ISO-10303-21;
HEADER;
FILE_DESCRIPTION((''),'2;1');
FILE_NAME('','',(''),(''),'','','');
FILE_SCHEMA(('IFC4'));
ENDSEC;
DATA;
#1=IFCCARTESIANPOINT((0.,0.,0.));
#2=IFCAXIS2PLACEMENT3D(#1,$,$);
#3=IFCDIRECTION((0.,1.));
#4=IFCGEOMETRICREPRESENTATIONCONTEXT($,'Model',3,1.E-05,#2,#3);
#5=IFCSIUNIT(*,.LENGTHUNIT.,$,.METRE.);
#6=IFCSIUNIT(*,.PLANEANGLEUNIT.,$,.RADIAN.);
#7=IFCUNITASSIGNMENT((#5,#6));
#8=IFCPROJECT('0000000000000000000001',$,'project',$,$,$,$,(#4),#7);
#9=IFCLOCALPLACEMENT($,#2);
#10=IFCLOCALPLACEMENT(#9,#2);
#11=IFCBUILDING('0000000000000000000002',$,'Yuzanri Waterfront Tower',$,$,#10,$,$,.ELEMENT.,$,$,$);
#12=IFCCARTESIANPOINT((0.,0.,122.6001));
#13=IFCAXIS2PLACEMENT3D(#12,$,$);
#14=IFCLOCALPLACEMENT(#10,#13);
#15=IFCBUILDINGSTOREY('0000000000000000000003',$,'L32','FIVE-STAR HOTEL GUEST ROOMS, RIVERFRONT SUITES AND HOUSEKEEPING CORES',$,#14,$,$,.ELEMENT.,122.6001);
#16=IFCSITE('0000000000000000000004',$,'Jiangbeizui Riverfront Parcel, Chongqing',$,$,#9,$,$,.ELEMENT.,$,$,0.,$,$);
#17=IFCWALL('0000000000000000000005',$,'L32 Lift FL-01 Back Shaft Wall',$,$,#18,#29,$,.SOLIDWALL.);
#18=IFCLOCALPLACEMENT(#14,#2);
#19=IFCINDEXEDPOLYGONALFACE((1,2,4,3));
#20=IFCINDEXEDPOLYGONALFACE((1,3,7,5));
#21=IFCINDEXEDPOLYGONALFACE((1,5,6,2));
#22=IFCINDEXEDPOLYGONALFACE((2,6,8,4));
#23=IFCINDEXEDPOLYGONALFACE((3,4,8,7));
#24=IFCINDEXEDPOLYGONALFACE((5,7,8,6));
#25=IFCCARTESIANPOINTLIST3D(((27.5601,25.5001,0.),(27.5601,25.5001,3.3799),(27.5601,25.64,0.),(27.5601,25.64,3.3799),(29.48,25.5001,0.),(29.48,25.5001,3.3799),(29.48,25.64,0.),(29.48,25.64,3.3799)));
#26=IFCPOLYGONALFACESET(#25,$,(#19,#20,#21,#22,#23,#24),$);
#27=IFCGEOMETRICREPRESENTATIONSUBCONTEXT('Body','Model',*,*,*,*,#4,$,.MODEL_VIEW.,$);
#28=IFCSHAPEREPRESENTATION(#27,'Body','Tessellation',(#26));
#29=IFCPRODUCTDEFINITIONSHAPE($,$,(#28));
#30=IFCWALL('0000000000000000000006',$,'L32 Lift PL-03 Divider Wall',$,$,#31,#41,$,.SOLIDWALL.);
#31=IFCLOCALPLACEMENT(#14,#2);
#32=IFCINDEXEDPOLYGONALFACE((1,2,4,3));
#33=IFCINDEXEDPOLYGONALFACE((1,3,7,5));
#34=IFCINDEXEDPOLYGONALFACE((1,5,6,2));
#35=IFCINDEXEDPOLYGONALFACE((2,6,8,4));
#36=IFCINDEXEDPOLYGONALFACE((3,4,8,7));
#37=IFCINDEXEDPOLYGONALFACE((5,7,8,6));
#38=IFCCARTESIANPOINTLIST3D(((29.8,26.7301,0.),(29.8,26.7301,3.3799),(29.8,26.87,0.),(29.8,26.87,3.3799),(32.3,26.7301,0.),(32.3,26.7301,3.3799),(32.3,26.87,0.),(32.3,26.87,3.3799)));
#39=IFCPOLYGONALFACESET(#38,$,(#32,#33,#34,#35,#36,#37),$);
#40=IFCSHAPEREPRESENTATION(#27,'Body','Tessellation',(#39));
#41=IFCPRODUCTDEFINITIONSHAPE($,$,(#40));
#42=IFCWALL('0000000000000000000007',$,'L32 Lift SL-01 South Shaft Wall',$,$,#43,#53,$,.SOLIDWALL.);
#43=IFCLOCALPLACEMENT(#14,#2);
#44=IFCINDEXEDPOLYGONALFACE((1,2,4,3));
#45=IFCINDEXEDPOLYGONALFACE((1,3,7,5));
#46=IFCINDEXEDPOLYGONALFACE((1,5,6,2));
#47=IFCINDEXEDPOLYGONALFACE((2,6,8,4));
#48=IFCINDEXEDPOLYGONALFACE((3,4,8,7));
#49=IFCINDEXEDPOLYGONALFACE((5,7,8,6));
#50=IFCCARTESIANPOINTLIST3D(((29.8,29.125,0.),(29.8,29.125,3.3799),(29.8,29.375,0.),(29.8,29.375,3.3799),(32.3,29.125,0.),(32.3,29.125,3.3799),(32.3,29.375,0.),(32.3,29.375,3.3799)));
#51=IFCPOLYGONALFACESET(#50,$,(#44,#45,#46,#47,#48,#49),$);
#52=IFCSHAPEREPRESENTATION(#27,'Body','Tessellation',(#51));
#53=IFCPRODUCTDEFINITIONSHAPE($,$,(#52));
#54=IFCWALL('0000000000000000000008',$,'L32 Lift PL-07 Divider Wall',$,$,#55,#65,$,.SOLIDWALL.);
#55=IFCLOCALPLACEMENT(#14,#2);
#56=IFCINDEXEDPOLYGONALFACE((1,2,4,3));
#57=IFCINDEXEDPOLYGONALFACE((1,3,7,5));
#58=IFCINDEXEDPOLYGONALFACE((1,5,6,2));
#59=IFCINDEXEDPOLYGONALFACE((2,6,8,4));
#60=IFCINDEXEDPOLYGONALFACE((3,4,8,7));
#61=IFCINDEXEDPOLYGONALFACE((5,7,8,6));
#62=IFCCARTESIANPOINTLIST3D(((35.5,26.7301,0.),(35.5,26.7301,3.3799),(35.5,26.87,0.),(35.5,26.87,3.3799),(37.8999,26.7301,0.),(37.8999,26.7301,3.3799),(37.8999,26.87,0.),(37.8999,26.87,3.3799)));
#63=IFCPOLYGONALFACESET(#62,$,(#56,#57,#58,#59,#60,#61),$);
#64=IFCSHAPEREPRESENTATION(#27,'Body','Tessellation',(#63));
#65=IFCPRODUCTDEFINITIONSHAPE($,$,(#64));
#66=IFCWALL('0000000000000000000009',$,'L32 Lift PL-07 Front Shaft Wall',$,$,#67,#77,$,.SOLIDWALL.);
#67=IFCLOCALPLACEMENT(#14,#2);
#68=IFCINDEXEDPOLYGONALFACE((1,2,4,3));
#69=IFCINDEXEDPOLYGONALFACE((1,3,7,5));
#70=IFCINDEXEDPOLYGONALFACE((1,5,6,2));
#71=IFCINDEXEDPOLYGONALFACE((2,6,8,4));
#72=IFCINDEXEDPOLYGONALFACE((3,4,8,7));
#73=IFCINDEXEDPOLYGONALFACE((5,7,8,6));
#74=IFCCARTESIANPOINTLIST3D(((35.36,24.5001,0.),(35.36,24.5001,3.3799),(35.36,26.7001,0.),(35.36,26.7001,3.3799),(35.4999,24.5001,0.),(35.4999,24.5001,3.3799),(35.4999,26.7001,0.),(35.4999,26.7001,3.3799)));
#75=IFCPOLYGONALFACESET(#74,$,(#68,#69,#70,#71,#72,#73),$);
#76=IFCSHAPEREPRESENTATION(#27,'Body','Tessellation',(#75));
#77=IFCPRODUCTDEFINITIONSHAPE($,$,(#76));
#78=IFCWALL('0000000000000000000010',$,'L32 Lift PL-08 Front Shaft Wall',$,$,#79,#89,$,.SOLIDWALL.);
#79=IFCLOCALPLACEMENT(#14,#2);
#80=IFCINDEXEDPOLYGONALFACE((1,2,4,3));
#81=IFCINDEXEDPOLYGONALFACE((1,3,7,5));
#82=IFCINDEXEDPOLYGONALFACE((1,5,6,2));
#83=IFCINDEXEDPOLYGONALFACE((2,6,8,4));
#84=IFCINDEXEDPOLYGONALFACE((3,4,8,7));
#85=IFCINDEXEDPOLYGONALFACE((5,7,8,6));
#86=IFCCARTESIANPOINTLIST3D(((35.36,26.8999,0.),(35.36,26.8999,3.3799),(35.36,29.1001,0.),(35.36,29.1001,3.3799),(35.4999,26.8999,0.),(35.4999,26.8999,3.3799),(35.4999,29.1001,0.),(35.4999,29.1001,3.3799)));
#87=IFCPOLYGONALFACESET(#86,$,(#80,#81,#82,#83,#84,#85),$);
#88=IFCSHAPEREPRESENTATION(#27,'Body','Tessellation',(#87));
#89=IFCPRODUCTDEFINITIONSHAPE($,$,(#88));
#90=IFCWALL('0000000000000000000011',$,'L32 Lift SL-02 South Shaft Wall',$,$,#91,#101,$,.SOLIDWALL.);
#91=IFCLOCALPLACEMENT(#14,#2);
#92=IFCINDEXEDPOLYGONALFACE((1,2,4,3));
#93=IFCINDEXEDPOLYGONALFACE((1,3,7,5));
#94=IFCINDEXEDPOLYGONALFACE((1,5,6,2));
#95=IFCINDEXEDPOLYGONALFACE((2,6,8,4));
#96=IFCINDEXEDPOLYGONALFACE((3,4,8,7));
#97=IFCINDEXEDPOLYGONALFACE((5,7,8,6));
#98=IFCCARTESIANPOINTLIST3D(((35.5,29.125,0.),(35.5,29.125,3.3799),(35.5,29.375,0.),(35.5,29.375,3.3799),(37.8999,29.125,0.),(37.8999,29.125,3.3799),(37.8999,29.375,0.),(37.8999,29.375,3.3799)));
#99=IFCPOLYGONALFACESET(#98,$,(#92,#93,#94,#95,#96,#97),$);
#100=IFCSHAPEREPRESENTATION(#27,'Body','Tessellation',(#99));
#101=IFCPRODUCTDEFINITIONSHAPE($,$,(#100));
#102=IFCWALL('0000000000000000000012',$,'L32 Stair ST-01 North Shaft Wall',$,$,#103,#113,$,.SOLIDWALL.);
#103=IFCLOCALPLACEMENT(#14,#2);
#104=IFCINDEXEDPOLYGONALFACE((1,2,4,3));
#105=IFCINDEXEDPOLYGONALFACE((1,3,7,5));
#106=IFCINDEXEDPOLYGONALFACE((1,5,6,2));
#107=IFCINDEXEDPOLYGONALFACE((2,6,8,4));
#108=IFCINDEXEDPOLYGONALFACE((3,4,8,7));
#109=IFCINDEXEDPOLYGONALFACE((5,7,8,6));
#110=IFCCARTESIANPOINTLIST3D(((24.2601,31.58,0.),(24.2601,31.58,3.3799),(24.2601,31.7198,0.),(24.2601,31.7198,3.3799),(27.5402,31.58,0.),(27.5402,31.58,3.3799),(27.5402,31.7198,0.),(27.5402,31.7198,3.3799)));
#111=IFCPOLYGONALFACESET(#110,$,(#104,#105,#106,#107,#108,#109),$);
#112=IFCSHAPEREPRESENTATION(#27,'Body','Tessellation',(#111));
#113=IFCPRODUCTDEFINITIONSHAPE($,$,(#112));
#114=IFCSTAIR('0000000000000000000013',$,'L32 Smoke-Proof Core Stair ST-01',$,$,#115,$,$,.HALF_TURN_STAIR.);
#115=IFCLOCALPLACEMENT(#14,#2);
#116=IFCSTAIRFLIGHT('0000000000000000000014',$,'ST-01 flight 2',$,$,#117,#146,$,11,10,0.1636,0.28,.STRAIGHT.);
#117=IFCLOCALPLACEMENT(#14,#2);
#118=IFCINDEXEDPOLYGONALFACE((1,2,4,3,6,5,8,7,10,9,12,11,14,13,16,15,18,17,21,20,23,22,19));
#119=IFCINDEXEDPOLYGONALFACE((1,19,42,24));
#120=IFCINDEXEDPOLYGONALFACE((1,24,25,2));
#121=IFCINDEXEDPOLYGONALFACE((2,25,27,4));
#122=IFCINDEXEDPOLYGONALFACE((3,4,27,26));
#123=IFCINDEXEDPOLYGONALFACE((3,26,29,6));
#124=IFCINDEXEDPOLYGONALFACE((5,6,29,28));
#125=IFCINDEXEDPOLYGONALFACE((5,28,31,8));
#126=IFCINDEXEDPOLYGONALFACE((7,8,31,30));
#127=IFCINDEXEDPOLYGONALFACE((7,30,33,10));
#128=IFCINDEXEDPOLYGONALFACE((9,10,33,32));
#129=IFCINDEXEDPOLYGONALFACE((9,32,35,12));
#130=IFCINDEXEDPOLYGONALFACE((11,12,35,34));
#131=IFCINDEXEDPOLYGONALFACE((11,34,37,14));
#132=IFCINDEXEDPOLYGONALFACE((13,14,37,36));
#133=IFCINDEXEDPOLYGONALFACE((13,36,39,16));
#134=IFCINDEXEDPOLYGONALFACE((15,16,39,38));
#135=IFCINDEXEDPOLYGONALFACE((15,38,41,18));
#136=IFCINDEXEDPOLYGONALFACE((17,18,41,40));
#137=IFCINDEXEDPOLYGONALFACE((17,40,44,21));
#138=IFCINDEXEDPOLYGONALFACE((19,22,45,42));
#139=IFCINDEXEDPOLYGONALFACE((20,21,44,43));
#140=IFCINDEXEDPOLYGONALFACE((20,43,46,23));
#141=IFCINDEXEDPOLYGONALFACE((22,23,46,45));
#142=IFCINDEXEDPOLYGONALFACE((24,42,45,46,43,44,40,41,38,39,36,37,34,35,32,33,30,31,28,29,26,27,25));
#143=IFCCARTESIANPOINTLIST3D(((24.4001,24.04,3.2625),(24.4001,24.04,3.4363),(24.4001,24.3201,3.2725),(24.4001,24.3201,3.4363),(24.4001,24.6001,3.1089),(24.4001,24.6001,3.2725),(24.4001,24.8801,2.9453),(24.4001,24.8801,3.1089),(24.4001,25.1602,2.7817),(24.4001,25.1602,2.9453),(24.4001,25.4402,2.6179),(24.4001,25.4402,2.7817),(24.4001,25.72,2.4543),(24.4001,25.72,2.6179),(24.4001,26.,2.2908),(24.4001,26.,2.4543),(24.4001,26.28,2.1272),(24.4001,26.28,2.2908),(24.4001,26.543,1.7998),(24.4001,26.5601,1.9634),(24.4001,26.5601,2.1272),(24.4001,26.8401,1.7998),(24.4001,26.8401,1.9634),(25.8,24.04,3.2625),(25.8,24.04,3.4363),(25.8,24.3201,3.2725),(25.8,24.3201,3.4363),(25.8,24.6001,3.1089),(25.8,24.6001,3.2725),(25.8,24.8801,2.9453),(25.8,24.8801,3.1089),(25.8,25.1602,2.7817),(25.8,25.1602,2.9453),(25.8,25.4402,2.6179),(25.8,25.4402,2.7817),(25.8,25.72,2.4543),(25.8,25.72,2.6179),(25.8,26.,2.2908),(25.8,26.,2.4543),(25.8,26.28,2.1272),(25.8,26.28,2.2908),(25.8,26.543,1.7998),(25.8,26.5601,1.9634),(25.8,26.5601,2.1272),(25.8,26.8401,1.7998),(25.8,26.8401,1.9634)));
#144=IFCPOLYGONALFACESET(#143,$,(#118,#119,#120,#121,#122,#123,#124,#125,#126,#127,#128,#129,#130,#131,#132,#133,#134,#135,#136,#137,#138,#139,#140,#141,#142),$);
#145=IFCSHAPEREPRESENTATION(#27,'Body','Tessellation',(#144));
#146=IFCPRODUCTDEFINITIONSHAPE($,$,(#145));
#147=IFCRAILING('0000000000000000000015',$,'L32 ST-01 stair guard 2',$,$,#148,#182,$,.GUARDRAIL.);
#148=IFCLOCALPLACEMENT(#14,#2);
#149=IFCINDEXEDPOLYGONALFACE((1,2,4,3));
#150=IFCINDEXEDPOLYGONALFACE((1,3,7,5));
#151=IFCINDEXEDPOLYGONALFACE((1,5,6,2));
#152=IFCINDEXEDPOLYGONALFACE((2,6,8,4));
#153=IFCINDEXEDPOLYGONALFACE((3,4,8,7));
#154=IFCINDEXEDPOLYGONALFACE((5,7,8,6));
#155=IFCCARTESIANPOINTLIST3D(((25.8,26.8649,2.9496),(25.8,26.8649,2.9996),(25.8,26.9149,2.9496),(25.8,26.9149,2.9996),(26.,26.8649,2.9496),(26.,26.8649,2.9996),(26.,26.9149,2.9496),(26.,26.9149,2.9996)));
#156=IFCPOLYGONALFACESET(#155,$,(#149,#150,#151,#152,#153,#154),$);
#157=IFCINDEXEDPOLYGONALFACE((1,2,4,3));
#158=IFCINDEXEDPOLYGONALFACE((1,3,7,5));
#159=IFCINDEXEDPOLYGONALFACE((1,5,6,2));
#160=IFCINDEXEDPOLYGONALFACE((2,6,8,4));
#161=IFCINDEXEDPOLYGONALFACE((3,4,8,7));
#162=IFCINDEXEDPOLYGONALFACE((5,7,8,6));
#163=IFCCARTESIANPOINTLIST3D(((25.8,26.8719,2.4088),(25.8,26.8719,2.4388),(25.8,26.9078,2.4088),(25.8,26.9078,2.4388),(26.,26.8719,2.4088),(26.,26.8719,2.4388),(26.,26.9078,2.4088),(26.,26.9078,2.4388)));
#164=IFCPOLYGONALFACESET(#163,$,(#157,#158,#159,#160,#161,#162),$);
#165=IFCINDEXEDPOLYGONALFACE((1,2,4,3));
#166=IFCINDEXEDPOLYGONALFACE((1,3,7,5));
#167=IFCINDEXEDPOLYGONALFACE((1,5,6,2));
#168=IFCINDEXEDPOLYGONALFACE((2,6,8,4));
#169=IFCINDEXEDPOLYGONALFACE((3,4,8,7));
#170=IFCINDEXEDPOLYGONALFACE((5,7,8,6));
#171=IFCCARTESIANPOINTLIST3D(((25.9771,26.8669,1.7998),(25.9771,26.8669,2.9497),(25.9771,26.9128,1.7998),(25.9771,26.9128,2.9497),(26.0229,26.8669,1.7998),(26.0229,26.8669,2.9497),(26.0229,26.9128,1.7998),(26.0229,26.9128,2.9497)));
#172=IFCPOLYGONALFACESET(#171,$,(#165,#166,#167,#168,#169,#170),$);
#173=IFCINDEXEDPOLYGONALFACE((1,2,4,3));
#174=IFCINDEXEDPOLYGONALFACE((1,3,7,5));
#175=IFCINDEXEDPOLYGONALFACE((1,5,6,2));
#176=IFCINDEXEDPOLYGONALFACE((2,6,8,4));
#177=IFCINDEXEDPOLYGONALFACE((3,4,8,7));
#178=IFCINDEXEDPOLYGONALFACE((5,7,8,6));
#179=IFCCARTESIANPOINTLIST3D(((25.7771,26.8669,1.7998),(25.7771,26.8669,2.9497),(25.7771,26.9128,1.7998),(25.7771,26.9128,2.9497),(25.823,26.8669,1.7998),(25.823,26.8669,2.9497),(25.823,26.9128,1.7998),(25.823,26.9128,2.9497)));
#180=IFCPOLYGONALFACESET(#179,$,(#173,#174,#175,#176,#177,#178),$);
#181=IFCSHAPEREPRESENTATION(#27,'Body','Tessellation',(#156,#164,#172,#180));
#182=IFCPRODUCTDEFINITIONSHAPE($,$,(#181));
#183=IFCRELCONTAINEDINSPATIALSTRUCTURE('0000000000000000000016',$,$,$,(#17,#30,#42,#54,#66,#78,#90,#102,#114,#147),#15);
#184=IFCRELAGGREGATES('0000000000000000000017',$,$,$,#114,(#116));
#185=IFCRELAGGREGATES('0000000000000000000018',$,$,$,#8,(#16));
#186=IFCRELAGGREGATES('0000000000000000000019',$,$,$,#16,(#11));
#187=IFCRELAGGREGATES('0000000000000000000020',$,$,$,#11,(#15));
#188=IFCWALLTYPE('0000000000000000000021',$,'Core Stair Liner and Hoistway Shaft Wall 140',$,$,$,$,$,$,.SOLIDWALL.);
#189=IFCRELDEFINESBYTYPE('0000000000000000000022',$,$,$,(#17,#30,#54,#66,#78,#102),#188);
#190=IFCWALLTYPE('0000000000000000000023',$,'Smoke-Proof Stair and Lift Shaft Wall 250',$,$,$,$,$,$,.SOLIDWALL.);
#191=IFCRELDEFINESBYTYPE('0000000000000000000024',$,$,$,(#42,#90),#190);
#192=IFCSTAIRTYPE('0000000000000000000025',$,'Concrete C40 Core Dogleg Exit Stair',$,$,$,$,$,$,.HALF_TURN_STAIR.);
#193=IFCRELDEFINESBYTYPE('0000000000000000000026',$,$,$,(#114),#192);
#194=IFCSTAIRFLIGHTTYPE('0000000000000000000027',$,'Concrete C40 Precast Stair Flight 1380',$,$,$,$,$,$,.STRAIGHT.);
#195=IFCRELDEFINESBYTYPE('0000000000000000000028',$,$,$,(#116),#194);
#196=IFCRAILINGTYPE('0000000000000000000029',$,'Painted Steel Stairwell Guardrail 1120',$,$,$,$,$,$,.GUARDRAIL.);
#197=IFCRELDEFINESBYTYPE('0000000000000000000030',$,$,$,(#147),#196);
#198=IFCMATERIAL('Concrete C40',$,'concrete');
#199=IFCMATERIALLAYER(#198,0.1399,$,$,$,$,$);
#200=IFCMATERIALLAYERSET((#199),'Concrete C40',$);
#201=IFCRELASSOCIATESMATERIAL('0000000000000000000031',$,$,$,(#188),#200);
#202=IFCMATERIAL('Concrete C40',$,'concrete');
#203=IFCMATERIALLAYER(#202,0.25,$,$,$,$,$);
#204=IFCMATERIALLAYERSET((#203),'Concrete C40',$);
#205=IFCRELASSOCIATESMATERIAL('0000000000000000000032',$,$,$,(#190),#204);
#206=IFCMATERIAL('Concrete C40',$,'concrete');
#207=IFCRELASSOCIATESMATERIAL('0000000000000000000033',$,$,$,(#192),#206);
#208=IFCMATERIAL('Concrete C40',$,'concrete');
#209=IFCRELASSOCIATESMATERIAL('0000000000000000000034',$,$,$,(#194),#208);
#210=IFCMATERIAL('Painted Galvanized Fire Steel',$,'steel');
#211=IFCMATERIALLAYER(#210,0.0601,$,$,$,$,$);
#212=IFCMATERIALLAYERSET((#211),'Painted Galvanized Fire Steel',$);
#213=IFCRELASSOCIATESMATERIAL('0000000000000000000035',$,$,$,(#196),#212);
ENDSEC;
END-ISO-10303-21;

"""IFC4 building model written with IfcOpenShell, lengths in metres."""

from ifc_helpers import new_model, si_unit, direction, frame, frame_2d, origin, origin_2d, place, context, subcontext, project, spatial, polyline, rectangle, outline, extrude, source, transform, mapped, material, layer, layer_set, type_object, element, aggregate, save


model = new_model("IFC4")

# Units and contexts
model_context = context("Model", 3, precision=1e-05, world=origin(), true_north=direction((0.0, 1.0)))
body_context = subcontext(model_context, "Body", "Model", "MODEL_VIEW")
ifc_project = project(units=[si_unit("LENGTHUNIT", "METRE"), si_unit("PLANEANGLEUNIT", "RADIAN")], contexts=[model_context])

# Site, building, storey
site_placement = place(None, origin())
site = spatial("IfcSite", under=ifc_project, at=site_placement, Name="Jiangbeizui Riverfront Parcel, Chongqing", CompositionType="ELEMENT", RefElevation=0.0)
building_placement = place(site_placement, origin())
building = spatial("IfcBuilding", under=site, at=building_placement, Name="Yuzanri Waterfront Tower", CompositionType="ELEMENT")
storey_placement = place(building_placement, frame((0.0, 0.0, 122.6001)))
storey = spatial("IfcBuildingStorey", under=building, at=storey_placement, Name="L32", Description="FIVE-STAR HOTEL GUEST ROOMS, RIVERFRONT SUITES AND HOUSEKEEPING CORES", CompositionType="ELEMENT", Elevation=122.6001)

# Shared definitions
ifc_material_1 = material(Name="Concrete C40", Category="concrete")
ifc_layer_1 = layer(ifc_material_1, 0.1399)
ifc_layer_set_1 = layer_set([ifc_layer_1], Name="Concrete C40")
wall_type_1 = type_object("IfcWallType", Name="Core Stair Liner and Hoistway Shaft Wall 140", PredefinedType="SOLIDWALL", material=ifc_layer_set_1)

# Walls
shared_shape_1 = source(origin(), body_context, "Body", "SweptSolid", [
    extrude(rectangle(XDim=1.9199, YDim=0.1399, at=frame_2d((0.96, 0.0))), origin(), (0.0, 0.0, 1.0), 3.3799),
])
wall_1_placement = place(storey_placement, frame((27.5601, 25.5701, 0.0), z_axis=(0.0, 0.0, 1.0), x_axis=(1.0, 0.0, 0.0)))
element("IfcWall", 1, at=wall_1_placement, inside=storey, type_object=wall_type_1, Name="L32 Lift FL-01 Back Shaft Wall", PredefinedType="SOLIDWALL", context=body_context, shape_type="MappedRepresentation", body=[
    mapped(shared_shape_1, transform((0.0, 0.0, 0.0), scale=1.0)),
])
shared_shape_2 = source(origin(), body_context, "Body", "SweptSolid", [
    extrude(rectangle(XDim=2.5, YDim=0.1399, at=frame_2d((1.25, 0.0))), origin(), (0.0, 0.0, 1.0), 3.3799),
])
wall_2_placement = place(storey_placement, frame((29.8, 26.8, 0.0), z_axis=(0.0, 0.0, 1.0), x_axis=(1.0, 0.0, 0.0)))
element("IfcWall", 2, at=wall_2_placement, inside=storey, type_object=wall_type_1, Name="L32 Lift PL-03 Divider Wall", PredefinedType="SOLIDWALL", context=body_context, shape_type="MappedRepresentation", body=[
    mapped(shared_shape_2, transform((0.0, 0.0, 0.0), scale=1.0)),
])
ifc_material_2 = material(Name="Concrete C40", Category="concrete")
ifc_layer_2 = layer(ifc_material_2, 0.25)
ifc_layer_set_2 = layer_set([ifc_layer_2], Name="Concrete C40")
wall_type_2 = type_object("IfcWallType", Name="Smoke-Proof Stair and Lift Shaft Wall 250", PredefinedType="SOLIDWALL", material=ifc_layer_set_2)
shared_shape_3 = source(origin(), body_context, "Body", "SweptSolid", [
    extrude(rectangle(XDim=2.5, YDim=0.25, at=frame_2d((1.25, 0.0))), origin(), (0.0, 0.0, 1.0), 3.3799),
])
wall_3_placement = place(storey_placement, frame((29.8, 29.25, 0.0), z_axis=(0.0, 0.0, 1.0), x_axis=(1.0, 0.0, 0.0)))
element("IfcWall", 3, at=wall_3_placement, inside=storey, type_object=wall_type_2, Name="L32 Lift SL-01 South Shaft Wall", PredefinedType="SOLIDWALL", context=body_context, shape_type="MappedRepresentation", body=[
    mapped(shared_shape_3, transform((0.0, 0.0, 0.0), scale=1.0)),
])
shared_shape_4 = source(origin(), body_context, "Body", "SweptSolid", [
    extrude(rectangle(XDim=2.3999, YDim=0.1399, at=frame_2d((1.2, 0.0))), origin(), (0.0, 0.0, 1.0), 3.3799),
])
wall_4_placement = place(storey_placement, frame((35.5, 26.8, 0.0), z_axis=(0.0, 0.0, 1.0), x_axis=(1.0, 0.0, 0.0)))
element("IfcWall", 4, at=wall_4_placement, inside=storey, type_object=wall_type_1, Name="L32 Lift PL-07 Divider Wall", PredefinedType="SOLIDWALL", context=body_context, shape_type="MappedRepresentation", body=[
    mapped(shared_shape_4, transform((0.0, 0.0, 0.0), scale=1.0)),
])
shared_shape_5 = source(origin(), body_context, "Body", "SweptSolid", [
    extrude(rectangle(XDim=2.2, YDim=0.1399, at=frame_2d((1.1001, 0.0))), origin(), (0.0, 0.0, 1.0), 3.3799),
])
wall_5_placement = place(storey_placement, frame((35.4299, 24.5, 0.0), z_axis=(0.0, 0.0, 1.0), x_axis=(0.0, 1.0, 0.0)))
element("IfcWall", 5, at=wall_5_placement, inside=storey, type_object=wall_type_1, Name="L32 Lift PL-07 Front Shaft Wall", PredefinedType="SOLIDWALL", context=body_context, shape_type="MappedRepresentation", body=[
    mapped(shared_shape_5, transform((0.0, 0.0, 0.0), scale=1.0)),
])
shared_shape_6 = source(origin(), body_context, "Body", "SweptSolid", [
    extrude(rectangle(XDim=2.2002, YDim=0.1399, at=frame_2d((1.1001, 0.0))), origin(), (0.0, 0.0, 1.0), 3.3799),
])
wall_6_placement = place(storey_placement, frame((35.4299, 26.8999, 0.0), z_axis=(0.0, 0.0, 1.0), x_axis=(0.0, 1.0, 0.0)))
element("IfcWall", 6, at=wall_6_placement, inside=storey, type_object=wall_type_1, Name="L32 Lift PL-08 Front Shaft Wall", PredefinedType="SOLIDWALL", context=body_context, shape_type="MappedRepresentation", body=[
    mapped(shared_shape_6, transform((0.0, 0.0, 0.0), scale=1.0)),
])
shared_shape_7 = source(origin(), body_context, "Body", "SweptSolid", [
    extrude(rectangle(XDim=2.3999, YDim=0.25, at=frame_2d((1.2, 0.0))), origin(), (0.0, 0.0, 1.0), 3.3799),
])
wall_7_placement = place(storey_placement, frame((35.5, 29.25, 0.0), z_axis=(0.0, 0.0, 1.0), x_axis=(1.0, 0.0, 0.0)))
element("IfcWall", 7, at=wall_7_placement, inside=storey, type_object=wall_type_2, Name="L32 Lift SL-02 South Shaft Wall", PredefinedType="SOLIDWALL", context=body_context, shape_type="MappedRepresentation", body=[
    mapped(shared_shape_7, transform((0.0, 0.0, 0.0), scale=1.0)),
])
shared_shape_8 = source(origin(), body_context, "Body", "SweptSolid", [
    extrude(rectangle(XDim=3.28, YDim=0.1399, at=frame_2d((1.6401, 0.0))), origin(), (0.0, 0.0, 1.0), 3.3799),
])
wall_8_placement = place(storey_placement, frame((24.26, 31.6499, 0.0), z_axis=(0.0, 0.0, 1.0), x_axis=(1.0, 0.0, 0.0)))
element("IfcWall", 8, at=wall_8_placement, inside=storey, type_object=wall_type_1, Name="L32 Stair ST-01 North Shaft Wall", PredefinedType="SOLIDWALL", context=body_context, shape_type="MappedRepresentation", body=[
    mapped(shared_shape_8, transform((0.0, 0.0, 0.0), scale=1.0)),
])

# Stair, stair flight
ifc_material_3 = material(Name="Concrete C40", Category="concrete")
stair_type = type_object("IfcStairType", Name="Concrete C40 Core Dogleg Exit Stair", PredefinedType="HALF_TURN_STAIR", material=ifc_material_3)
stair_placement = place(storey_placement, origin())
stair = element("IfcStair", 9, at=stair_placement, inside=storey, type_object=stair_type, Name="L32 Smoke-Proof Core Stair ST-01", PredefinedType="HALF_TURN_STAIR")
ifc_material_4 = material(Name="Concrete C40", Category="concrete")
stair_flight_type = type_object("IfcStairFlightType", Name="Concrete C40 Precast Stair Flight 1380", PredefinedType="STRAIGHT", material=ifc_material_4)
shared_shape_9 = source(origin(), body_context, "Body", "SweptSolid", [
    extrude(outline(polyline([(0.0, 0.0), (0.0, 0.1636), (0.28, 0.1636), (0.28, 0.3274), (0.5601, 0.3274), (0.5601, 0.491), (0.8401, 0.491), (0.8401, 0.6545), (1.1201, 0.6545), (1.1201, 0.8181), (1.3999, 0.8181), (1.3999, 0.9819), (1.6799, 0.9819), (1.6799, 1.1455), (1.96, 1.1455), (1.96, 1.3091), (2.24, 1.3091), (2.24, 1.4727), (2.52, 1.4727), (2.52, 1.6365), (2.8, 1.6365), (2.8, 1.8), (2.8, 1.4626), (0.2971, 0.0), (0.0, 0.0)])), frame((0.0, 0.7, 0.0), z_axis=(0.0, -1.0, 0.0), x_axis=(1.0, 0.0, 0.0)), (0.0, 0.0, 1.0), 1.3999),
])
stair_flight_placement = place(storey_placement, frame((25.1001, 26.8401, 1.7998), z_axis=(0.0, 0.0, 1.0), x_axis=(0.0, -1.0, 0.0)))
stair_flight = element("IfcStairFlight", 10, at=stair_flight_placement, type_object=stair_flight_type, Name="ST-01 flight 2", NumberOfRisers=11, NumberOfTreads=10, PredefinedType="STRAIGHT", RiserHeight=0.1636, TreadLength=0.28, context=body_context, shape_type="MappedRepresentation", body=[
    mapped(shared_shape_9, transform((0.0, 0.0, 0.0), scale=1.0)),
])
aggregate(stair, [stair_flight])

# Railing
ifc_material_5 = material(Name="Painted Galvanized Fire Steel", Category="steel")
ifc_layer_3 = layer(ifc_material_5, 0.0601)
ifc_layer_set_3 = layer_set([ifc_layer_3], Name="Painted Galvanized Fire Steel")
railing_type_1 = type_object("IfcRailingType", Name="Painted Steel Stairwell Guardrail 1120", PredefinedType="GUARDRAIL", material=ifc_layer_set_3)
shared_shape_10 = source(origin(), body_context, "Body", "SweptSolid", [
    extrude(rectangle(XDim=0.05, YDim=0.05, at=origin_2d()), frame((0.0, 0.0, 1.1748), z_axis=(-1.0, 0.0, 0.0), x_axis=(0.0, -1.0, 0.0)), (0.0, 0.0, 1.0), 0.2),
    extrude(rectangle(XDim=0.0359, YDim=0.03, at=origin_2d()), frame((0.0, 0.0, 0.624), z_axis=(-1.0, 0.0, 0.0), x_axis=(0.0, -1.0, 0.0)), (0.0, 0.0, 1.0), 0.2),
    extrude(rectangle(XDim=0.0459, YDim=0.0459, at=origin_2d()), origin(), (0.0, 0.0, 1.0), 1.1499),
    extrude(rectangle(XDim=0.0459, YDim=0.0459, at=origin_2d()), frame((-0.2, 0.0, 0.0)), (0.0, 0.0, 1.0), 1.1499),
])
railing_1_placement = place(storey_placement, frame((26.0, 26.8899, 1.7998)))
element("IfcRailing", 11, at=railing_1_placement, inside=storey, type_object=railing_type_1, Name="L32 ST-01 stair guard 2", PredefinedType="GUARDRAIL", context=body_context, shape_type="MappedRepresentation", body=[
    mapped(shared_shape_10, transform((0.0, 0.0, 0.0), scale=1.0)),
])

save(model, "model.ifc")
